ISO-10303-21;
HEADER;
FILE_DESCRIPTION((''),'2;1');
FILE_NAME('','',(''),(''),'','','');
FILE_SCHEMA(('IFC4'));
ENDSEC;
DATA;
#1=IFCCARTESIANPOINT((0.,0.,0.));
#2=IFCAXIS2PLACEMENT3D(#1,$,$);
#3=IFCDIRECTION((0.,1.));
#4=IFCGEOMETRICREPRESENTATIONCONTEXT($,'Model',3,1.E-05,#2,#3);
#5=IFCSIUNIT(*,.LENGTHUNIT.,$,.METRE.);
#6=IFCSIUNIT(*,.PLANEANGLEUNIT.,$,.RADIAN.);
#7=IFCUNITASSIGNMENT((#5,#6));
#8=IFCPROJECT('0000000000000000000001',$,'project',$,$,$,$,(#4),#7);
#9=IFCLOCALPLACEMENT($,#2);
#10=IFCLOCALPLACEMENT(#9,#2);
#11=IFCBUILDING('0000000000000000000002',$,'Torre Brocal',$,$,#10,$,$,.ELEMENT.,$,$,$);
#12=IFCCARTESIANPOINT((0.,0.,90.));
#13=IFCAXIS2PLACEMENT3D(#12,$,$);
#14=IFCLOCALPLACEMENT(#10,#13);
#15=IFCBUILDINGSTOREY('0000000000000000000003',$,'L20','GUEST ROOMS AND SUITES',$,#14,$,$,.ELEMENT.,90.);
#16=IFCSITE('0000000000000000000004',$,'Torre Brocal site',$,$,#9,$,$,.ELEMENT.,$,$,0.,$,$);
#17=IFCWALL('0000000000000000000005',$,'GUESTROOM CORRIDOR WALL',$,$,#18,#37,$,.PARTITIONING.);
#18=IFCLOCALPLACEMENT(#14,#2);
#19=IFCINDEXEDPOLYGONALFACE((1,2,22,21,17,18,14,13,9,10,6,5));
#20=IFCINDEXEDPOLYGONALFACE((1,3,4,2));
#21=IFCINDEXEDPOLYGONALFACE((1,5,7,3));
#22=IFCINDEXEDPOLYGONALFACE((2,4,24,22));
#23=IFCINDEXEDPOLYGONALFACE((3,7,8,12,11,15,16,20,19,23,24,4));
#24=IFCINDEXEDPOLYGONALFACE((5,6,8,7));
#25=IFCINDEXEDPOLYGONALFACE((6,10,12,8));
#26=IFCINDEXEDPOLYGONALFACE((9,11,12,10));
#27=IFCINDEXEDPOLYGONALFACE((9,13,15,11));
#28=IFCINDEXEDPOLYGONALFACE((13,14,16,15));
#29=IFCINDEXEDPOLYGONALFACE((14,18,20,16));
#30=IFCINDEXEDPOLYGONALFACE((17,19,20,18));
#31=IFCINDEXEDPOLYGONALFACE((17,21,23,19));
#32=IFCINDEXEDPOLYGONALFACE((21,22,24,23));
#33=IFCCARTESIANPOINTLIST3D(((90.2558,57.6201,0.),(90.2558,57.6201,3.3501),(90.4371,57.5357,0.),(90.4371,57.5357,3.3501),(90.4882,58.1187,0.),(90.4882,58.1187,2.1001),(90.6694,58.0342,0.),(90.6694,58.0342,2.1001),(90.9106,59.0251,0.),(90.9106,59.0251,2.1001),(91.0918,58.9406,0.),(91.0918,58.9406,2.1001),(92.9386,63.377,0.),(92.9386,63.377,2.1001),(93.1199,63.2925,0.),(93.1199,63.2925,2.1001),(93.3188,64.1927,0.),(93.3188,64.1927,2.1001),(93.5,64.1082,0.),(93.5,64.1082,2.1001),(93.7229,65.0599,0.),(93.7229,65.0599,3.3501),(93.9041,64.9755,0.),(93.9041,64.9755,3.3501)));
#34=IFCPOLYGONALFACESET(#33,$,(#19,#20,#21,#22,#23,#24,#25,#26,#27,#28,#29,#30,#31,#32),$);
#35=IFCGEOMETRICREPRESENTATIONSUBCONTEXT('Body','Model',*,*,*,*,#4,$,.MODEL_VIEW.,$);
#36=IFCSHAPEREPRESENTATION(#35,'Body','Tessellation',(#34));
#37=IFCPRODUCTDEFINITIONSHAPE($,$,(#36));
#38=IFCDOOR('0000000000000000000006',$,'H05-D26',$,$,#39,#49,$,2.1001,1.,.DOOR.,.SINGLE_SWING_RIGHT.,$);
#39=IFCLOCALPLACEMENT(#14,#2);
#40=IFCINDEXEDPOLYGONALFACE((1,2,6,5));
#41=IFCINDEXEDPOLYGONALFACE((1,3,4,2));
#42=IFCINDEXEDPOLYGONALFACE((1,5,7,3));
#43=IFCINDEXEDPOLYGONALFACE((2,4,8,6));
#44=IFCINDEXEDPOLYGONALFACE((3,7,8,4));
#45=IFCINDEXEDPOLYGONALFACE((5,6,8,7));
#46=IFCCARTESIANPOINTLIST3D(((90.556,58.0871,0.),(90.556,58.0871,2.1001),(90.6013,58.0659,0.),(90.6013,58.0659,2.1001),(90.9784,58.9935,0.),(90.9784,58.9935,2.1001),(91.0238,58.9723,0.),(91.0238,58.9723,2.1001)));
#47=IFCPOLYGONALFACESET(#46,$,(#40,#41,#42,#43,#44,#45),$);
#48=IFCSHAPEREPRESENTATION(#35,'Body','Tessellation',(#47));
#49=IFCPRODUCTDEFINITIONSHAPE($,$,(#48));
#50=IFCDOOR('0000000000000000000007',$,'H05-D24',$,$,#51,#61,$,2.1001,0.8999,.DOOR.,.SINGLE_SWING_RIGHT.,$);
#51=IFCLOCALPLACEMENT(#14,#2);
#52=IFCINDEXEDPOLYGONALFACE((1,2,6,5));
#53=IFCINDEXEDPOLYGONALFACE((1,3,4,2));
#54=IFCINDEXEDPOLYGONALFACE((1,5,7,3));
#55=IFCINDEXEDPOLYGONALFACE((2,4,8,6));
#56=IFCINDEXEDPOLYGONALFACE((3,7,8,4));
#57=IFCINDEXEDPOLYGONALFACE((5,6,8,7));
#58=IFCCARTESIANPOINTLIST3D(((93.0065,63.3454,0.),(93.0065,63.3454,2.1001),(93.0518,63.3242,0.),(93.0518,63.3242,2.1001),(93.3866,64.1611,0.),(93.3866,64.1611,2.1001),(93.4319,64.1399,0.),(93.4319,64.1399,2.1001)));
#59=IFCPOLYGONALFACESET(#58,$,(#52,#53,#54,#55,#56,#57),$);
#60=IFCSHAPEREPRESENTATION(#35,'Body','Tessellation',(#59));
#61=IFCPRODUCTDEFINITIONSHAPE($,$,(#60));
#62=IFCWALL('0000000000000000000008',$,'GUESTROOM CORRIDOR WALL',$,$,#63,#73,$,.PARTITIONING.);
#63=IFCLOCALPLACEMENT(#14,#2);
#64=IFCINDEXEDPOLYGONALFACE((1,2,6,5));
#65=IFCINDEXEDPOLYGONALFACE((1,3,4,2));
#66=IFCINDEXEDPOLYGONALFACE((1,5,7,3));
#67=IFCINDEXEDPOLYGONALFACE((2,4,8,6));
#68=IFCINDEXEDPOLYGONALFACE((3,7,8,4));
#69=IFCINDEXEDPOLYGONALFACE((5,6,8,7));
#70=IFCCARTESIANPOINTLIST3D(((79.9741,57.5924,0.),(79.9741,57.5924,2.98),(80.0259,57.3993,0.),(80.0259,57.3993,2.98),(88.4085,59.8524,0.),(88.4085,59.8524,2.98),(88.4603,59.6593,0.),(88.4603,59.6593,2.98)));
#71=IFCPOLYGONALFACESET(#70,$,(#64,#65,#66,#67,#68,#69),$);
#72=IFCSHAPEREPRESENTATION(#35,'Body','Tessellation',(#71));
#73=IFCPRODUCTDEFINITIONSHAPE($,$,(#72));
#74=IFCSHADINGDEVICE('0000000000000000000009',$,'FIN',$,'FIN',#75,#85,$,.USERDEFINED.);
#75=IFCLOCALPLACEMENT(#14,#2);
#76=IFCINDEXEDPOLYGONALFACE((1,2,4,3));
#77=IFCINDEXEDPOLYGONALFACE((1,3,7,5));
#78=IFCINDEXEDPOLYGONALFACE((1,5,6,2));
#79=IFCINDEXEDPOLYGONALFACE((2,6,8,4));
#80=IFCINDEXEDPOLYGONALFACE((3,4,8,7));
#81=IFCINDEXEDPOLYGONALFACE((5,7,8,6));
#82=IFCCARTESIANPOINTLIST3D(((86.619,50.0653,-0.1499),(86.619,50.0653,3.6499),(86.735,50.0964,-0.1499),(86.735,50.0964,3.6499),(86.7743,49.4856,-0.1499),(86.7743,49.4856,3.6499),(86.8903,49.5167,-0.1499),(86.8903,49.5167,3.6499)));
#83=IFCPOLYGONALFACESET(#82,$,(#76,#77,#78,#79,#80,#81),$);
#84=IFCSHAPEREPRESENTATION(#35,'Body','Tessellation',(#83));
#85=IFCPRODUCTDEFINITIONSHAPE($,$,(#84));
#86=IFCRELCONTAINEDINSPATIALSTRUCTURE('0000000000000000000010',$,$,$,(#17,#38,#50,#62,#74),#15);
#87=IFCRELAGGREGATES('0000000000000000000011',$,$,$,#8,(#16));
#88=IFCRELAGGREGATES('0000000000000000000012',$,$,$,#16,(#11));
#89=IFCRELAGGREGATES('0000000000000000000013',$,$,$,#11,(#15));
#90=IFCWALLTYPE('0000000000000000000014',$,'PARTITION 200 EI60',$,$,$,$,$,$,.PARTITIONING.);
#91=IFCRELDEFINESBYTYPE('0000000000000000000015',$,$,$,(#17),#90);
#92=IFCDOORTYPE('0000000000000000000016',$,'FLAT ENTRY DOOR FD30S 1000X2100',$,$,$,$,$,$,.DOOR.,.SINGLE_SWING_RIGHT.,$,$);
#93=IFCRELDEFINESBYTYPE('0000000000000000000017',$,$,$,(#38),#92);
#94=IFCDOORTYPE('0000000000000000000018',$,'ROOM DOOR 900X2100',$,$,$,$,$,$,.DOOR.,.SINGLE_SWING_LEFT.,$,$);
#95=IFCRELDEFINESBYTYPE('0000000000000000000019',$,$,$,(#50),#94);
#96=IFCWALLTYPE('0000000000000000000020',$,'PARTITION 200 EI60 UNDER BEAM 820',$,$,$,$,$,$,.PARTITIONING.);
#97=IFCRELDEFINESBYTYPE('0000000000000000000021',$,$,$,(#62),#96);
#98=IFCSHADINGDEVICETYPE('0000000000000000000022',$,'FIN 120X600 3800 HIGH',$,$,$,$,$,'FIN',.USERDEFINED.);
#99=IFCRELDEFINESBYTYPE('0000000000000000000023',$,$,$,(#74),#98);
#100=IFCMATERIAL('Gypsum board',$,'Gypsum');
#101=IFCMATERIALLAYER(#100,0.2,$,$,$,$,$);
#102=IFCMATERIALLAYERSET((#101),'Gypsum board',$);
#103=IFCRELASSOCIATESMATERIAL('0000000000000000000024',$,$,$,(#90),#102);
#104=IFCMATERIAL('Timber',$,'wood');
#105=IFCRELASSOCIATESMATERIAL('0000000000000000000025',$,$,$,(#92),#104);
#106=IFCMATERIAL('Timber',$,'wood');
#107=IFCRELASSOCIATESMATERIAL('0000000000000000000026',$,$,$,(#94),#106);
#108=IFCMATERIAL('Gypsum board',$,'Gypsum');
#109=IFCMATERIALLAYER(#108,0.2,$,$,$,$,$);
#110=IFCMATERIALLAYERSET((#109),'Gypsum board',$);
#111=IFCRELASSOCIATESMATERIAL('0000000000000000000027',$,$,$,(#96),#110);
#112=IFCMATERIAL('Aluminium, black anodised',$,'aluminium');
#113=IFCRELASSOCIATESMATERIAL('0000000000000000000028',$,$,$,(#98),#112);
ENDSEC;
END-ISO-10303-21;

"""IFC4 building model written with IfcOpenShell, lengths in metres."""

from ifc_helpers import new_model, si_unit, direction, frame, frame_2d, origin, origin_2d, place, context, subcontext, project, spatial, rectangle, extrude, material, layer, layer_set, material_profile, profile_set, type_object, element, fill, save


model = new_model("IFC4")

# Units and contexts
model_context = context("Model", 3, precision=1e-05, world=origin(), true_north=direction((0.0, 1.0)))
body_context = subcontext(model_context, "Body", "Model", "MODEL_VIEW")
ifc_project = project(units=[si_unit("LENGTHUNIT", "METRE"), si_unit("PLANEANGLEUNIT", "RADIAN")], contexts=[model_context])

# Site, building, storey
site_placement = place(None, origin())
site = spatial("IfcSite", under=ifc_project, at=site_placement, Name="Torre Brocal site", CompositionType="ELEMENT", RefElevation=0.0)
building_placement = place(site_placement, origin())
building = spatial("IfcBuilding", under=site, at=building_placement, Name="Torre Brocal", CompositionType="ELEMENT")
storey_placement = place(building_placement, frame((0.0, 0.0, 90.0)))
storey = spatial("IfcBuildingStorey", under=building, at=storey_placement, Name="L20", Description="GUEST ROOMS AND SUITES", CompositionType="ELEMENT", Elevation=90.0)

# Shared definitions
ifc_material_1 = material(Name="Gypsum board", Category="Gypsum")
ifc_layer_1 = layer(ifc_material_1, 0.2)
ifc_layer_set_1 = layer_set([ifc_layer_1], Name="Gypsum board")
wall_type_1 = type_object("IfcWallType", Name="PARTITION 200 EI60", PredefinedType="PARTITIONING", material=ifc_layer_set_1)

# Wall, openings, doors
wall_1_placement = place(storey_placement, frame((90.3464, 57.5779, 0.0), z_axis=(0.0, 0.0, 1.0), x_axis=(0.422403, 0.906408, 0.0)))
wall_1 = element("IfcWall", 1, at=wall_1_placement, inside=storey, type_object=wall_type_1, Name="GUESTROOM CORRIDOR WALL", PredefinedType="PARTITIONING", context=body_context, shape_type="SweptSolid", body=[
    extrude(rectangle(XDim=8.208, YDim=0.2, at=frame_2d((4.104, 0.0))), origin(), (0.0, 0.0, 1.0), 3.3501),
])
opening_1_placement = place(wall_1_placement, frame((6.3513, 0.0, 0.0)))
opening_1 = element("IfcOpeningElement", 2, at=opening_1_placement, cuts=wall_1, PredefinedType="OPENING", context=body_context, shape_type="SweptSolid", body=[
    extrude(rectangle(XDim=0.8999, YDim=2.1001, at=frame_2d((0.45, 1.05))), frame((0.0, 0.1099, 0.0), z_axis=(0.0, -1.0, 0.0), x_axis=(1.0, 0.0, 0.0)), (0.0, 0.0, 1.0), 0.22),
])
opening_2_placement = place(wall_1_placement, frame((0.55, 0.0, 0.0)))
opening_2 = element("IfcOpeningElement", 3, at=opening_2_placement, cuts=wall_1, PredefinedType="OPENING", context=body_context, shape_type="SweptSolid", body=[
    extrude(rectangle(XDim=1.0, YDim=2.1001, at=frame_2d((0.5, 1.05))), frame((0.0, 0.1099, 0.0), z_axis=(0.0, -1.0, 0.0), x_axis=(1.0, 0.0, 0.0)), (0.0, 0.0, 1.0), 0.22),
])
ifc_material_2 = material(Name="Timber", Category="wood")
door_type_1 = type_object("IfcDoorType", Name="FLAT ENTRY DOOR FD30S 1000X2100", OperationType="SINGLE_SWING_RIGHT", PredefinedType="DOOR", material=ifc_material_2)
door_1_placement = place(opening_2_placement, frame((1.0, 0.0, 0.0), z_axis=(0.0, 0.0, 1.0), x_axis=(-1.0, 0.0, 0.0)))
door_1 = element("IfcDoor", 4, at=door_1_placement, inside=storey, type_object=door_type_1, Name="H05-D26", OperationType="SINGLE_SWING_RIGHT", OverallHeight=2.1001, OverallWidth=1.0, PredefinedType="DOOR", context=body_context, shape_type="SweptSolid", body=[
    extrude(rectangle(XDim=1.0, YDim=2.1001, at=frame_2d((0.5, 1.05))), frame((0.0, 0.0249, 0.0), z_axis=(0.0, -1.0, 0.0), x_axis=(1.0, 0.0, 0.0)), (0.0, 0.0, 1.0), 0.05),
])
fill(opening_2, door_1)
ifc_material_3 = material(Name="Timber", Category="wood")
door_type_2 = type_object("IfcDoorType", Name="ROOM DOOR 900X2100", OperationType="SINGLE_SWING_LEFT", PredefinedType="DOOR", material=ifc_material_3)
door_2_placement = place(opening_1_placement, frame((0.8999, 0.0, 0.0), z_axis=(0.0, 0.0, 1.0), x_axis=(-1.0, 0.0, 0.0)))
door_2 = element("IfcDoor", 5, at=door_2_placement, inside=storey, type_object=door_type_2, Name="H05-D24", OperationType="SINGLE_SWING_RIGHT", OverallHeight=2.1001, OverallWidth=0.8999, PredefinedType="DOOR", context=body_context, shape_type="SweptSolid", body=[
    extrude(rectangle(XDim=0.8999, YDim=2.1001, at=frame_2d((0.45, 1.05))), frame((0.0, 0.0249, 0.0), z_axis=(0.0, -1.0, 0.0), x_axis=(1.0, 0.0, 0.0)), (0.0, 0.0, 1.0), 0.05),
])
fill(opening_1, door_2)

# Wall
ifc_material_4 = material(Name="Gypsum board", Category="Gypsum")
ifc_layer_2 = layer(ifc_material_4, 0.2)
ifc_layer_set_2 = layer_set([ifc_layer_2], Name="Gypsum board")
wall_type_2 = type_object("IfcWallType", Name="PARTITION 200 EI60 UNDER BEAM 820", PredefinedType="PARTITIONING", material=ifc_layer_set_2)
wall_2_placement = place(storey_placement, frame((80.0, 57.4958, 0.0), z_axis=(0.0, 0.0, 1.0), x_axis=(0.965925, 0.258823, 0.0)))
element("IfcWall", 6, at=wall_2_placement, inside=storey, type_object=wall_type_2, Name="GUESTROOM CORRIDOR WALL", PredefinedType="PARTITIONING", context=body_context, shape_type="SweptSolid", body=[
    extrude(rectangle(XDim=8.7319, YDim=0.2, at=frame_2d((4.366, 0.0))), origin(), (0.0, 0.0, 1.0), 2.98),
])

# Shading device
ifc_material_5 = material(Name="Aluminium, black anodised", Category="aluminium")
ifc_material_profile_1 = material_profile(ifc_material_5, rectangle(XDim=0.1201, YDim=0.6001, at=origin_2d()), Name="FIN 120X600 3800 HIGH")
ifc_profile_set_1 = profile_set([ifc_material_profile_1], Name="Aluminium, black anodised")
shading_device_type = type_object("IfcShadingDeviceType", Name="FIN 120X600 3800 HIGH", ElementType="FIN", PredefinedType="USERDEFINED", material=ifc_profile_set_1)
shading_device_placement = place(storey_placement, frame((86.7546, 49.791, -0.1499), z_axis=(0.0, 0.0, 1.0), x_axis=(0.965926, 0.258819, 0.0)))
element("IfcShadingDevice", 7, at=shading_device_placement, inside=storey, type_object=shading_device_type, Name="FIN", ObjectType="FIN", PredefinedType="USERDEFINED", context=body_context, shape_type="SweptSolid", body=[
    extrude(rectangle(XDim=0.1201, YDim=0.6001, at=origin_2d()), origin(), (0.0, 0.0, 1.0), 3.7998),
])

save(model, "model.ifc")
